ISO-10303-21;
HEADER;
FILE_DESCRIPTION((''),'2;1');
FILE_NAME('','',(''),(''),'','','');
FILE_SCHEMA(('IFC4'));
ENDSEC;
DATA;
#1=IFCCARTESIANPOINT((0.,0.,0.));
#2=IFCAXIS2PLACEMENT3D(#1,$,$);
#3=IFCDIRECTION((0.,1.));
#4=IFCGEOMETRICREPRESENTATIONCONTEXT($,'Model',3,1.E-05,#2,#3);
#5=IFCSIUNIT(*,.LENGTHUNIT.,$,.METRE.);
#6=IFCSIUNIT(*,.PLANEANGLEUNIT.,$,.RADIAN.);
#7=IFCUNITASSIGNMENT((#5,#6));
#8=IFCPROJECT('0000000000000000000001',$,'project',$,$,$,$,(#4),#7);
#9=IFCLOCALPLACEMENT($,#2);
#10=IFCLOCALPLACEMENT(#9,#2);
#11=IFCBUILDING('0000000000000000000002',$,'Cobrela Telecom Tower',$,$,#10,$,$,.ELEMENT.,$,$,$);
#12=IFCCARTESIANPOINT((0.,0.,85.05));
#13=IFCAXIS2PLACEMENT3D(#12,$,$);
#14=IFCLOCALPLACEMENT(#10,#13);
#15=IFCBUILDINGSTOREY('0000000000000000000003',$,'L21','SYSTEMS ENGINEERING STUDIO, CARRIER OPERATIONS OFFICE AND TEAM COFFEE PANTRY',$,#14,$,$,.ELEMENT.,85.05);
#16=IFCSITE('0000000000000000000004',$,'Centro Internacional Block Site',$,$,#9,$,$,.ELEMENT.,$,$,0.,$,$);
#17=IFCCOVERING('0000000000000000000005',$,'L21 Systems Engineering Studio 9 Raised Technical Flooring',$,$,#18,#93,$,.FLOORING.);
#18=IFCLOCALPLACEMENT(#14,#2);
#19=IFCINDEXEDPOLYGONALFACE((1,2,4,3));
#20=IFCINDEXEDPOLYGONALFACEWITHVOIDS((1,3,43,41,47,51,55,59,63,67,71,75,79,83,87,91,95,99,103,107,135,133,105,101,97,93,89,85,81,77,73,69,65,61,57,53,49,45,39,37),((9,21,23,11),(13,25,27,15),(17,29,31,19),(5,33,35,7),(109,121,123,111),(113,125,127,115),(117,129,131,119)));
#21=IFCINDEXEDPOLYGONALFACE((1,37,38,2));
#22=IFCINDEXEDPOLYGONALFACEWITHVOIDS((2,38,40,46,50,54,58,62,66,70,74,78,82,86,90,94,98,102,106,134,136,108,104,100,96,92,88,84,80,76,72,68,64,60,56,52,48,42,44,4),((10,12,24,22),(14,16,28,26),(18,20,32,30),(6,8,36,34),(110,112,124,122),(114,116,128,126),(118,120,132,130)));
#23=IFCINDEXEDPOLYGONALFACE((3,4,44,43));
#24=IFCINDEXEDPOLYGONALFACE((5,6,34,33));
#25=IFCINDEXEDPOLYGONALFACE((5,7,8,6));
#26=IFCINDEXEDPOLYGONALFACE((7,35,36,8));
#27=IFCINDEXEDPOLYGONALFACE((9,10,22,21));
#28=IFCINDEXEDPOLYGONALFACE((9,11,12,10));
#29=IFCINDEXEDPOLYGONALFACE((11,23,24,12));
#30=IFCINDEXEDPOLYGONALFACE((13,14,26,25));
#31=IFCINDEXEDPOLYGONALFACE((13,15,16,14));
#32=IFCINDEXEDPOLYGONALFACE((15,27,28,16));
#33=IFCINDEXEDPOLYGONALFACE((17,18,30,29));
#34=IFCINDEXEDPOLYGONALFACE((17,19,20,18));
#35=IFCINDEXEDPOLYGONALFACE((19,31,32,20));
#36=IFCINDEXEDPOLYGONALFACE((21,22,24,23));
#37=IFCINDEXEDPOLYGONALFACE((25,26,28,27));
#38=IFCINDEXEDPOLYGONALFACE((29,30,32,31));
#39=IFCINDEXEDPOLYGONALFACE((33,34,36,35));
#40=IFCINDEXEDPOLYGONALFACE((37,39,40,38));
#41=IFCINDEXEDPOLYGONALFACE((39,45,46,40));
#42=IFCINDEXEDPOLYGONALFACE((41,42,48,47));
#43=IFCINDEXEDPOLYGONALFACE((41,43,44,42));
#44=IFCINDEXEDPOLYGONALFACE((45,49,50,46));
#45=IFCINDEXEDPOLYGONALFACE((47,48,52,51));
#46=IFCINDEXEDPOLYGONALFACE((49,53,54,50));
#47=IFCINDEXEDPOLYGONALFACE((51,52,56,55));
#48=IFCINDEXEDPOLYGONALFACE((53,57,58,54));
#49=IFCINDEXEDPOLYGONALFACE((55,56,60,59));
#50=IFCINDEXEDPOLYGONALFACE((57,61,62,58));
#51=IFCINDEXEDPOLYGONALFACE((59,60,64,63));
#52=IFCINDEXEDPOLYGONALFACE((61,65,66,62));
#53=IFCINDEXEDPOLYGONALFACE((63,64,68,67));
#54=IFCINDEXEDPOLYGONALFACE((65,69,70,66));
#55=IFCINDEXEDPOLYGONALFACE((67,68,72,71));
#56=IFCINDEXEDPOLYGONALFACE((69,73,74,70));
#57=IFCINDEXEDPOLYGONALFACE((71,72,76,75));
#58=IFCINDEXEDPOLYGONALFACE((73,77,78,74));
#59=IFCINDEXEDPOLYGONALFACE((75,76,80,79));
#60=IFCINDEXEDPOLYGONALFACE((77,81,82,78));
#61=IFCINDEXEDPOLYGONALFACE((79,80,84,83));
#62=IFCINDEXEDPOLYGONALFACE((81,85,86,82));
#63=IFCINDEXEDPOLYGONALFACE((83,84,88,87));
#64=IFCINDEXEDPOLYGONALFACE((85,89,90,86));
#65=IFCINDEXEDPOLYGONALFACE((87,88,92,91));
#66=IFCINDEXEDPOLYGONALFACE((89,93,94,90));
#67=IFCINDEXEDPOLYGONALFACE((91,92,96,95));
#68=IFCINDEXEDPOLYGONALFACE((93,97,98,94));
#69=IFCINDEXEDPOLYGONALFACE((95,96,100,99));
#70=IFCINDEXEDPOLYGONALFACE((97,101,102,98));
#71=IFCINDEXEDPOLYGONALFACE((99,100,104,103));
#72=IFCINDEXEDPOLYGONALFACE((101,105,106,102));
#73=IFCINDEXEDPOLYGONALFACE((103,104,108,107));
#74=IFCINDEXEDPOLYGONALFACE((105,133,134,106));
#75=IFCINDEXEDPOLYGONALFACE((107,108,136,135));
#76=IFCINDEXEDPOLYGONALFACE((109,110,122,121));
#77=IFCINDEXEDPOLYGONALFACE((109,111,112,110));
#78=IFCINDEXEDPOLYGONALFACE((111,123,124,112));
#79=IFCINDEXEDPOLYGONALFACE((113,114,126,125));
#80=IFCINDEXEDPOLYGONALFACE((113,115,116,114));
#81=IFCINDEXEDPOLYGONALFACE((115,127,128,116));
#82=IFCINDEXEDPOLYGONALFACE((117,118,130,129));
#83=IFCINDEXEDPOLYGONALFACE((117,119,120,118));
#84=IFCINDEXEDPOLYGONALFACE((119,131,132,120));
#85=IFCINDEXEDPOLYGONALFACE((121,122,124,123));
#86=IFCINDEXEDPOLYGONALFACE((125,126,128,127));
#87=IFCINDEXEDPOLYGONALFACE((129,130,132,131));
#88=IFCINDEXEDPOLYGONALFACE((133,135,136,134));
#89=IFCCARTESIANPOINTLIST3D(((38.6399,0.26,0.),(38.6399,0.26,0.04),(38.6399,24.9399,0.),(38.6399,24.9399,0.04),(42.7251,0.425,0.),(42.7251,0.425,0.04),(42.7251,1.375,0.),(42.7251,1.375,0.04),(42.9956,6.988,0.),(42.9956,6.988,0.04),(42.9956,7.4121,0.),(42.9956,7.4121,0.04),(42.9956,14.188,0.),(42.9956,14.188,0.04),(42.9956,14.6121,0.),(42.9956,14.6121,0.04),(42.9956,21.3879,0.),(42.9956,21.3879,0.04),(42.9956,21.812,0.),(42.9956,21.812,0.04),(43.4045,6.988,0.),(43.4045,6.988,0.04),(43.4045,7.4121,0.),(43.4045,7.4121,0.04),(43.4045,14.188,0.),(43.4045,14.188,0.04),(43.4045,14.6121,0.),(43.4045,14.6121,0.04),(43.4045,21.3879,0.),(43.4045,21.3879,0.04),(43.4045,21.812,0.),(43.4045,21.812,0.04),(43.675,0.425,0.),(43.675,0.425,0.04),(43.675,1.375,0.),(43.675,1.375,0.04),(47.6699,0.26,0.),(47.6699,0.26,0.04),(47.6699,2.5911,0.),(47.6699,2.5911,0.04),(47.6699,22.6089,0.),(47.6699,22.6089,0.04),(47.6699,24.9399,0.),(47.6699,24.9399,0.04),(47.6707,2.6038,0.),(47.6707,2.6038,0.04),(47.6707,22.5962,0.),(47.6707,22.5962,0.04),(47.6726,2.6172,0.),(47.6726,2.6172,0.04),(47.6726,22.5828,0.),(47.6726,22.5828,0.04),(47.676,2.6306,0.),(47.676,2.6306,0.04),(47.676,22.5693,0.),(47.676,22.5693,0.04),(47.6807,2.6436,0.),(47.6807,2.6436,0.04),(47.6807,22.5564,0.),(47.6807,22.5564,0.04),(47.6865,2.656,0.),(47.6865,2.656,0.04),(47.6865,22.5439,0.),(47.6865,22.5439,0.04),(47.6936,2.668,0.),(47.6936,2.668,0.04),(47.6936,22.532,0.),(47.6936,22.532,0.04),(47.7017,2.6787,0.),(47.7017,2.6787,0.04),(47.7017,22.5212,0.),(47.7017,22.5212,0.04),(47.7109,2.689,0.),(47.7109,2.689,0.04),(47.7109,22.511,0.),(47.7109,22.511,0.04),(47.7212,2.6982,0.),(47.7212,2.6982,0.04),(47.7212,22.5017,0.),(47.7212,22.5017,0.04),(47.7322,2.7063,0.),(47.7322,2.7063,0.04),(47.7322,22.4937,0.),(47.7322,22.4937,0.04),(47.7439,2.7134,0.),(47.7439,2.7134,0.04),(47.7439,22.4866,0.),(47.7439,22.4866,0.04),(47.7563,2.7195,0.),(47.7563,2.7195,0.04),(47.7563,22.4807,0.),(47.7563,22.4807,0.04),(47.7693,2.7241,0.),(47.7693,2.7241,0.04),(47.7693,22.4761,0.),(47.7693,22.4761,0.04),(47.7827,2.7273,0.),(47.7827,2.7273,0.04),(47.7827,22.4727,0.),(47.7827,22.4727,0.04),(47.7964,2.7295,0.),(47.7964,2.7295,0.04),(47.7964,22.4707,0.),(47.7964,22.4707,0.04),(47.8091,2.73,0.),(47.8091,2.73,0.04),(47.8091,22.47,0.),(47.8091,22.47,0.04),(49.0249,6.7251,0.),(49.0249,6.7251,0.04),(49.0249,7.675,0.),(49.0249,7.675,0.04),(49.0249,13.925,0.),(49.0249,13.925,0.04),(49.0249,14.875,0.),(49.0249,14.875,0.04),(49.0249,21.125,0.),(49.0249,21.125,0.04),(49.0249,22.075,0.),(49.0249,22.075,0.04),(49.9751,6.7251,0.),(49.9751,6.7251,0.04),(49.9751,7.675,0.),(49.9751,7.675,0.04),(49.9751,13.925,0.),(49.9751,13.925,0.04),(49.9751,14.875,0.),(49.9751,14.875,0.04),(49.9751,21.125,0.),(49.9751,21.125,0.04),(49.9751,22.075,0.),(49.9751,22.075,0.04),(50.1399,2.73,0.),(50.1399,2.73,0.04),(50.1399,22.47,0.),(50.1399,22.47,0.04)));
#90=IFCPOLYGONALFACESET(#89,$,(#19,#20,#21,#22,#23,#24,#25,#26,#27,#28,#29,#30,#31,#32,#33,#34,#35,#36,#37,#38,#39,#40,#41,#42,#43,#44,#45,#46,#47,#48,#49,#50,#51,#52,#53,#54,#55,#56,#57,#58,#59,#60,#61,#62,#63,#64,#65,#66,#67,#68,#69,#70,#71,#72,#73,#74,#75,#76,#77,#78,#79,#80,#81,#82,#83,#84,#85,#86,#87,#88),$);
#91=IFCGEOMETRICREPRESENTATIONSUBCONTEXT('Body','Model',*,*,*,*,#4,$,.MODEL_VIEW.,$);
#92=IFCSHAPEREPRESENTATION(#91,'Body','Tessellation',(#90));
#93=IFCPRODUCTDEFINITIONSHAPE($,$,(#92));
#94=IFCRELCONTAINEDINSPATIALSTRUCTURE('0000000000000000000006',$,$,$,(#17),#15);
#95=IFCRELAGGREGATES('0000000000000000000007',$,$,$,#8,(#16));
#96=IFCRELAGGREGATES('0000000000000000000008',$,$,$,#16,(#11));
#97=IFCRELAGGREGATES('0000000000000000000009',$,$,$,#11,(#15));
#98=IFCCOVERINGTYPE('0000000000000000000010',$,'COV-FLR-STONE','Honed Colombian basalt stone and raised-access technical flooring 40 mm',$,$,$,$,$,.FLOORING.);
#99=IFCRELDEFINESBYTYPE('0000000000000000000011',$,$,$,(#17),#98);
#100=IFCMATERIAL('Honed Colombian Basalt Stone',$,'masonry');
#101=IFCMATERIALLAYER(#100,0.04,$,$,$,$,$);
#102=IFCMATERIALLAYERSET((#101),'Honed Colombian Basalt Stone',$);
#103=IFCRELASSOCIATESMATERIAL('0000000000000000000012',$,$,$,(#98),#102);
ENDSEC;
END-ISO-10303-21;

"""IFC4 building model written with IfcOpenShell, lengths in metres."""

from ifc_helpers import new_model, si_unit, direction, frame, origin, place, context, subcontext, project, spatial, polyline, outline, extrude, material, layer, layer_set, type_object, element, save


model = new_model("IFC4")

# Units and contexts
model_context = context("Model", 3, precision=1e-05, world=origin(), true_north=direction((0.0, 1.0)))
body_context = subcontext(model_context, "Body", "Model", "MODEL_VIEW")
ifc_project = project(units=[si_unit("LENGTHUNIT", "METRE"), si_unit("PLANEANGLEUNIT", "RADIAN")], contexts=[model_context])

# Site, building, storey
site_placement = place(None, origin())
site = spatial("IfcSite", under=ifc_project, at=site_placement, Name="Centro Internacional Block Site", CompositionType="ELEMENT", RefElevation=0.0)
building_placement = place(site_placement, origin())
building = spatial("IfcBuilding", under=site, at=building_placement, Name="Cobrela Telecom Tower", CompositionType="ELEMENT")
storey_placement = place(building_placement, frame((0.0, 0.0, 85.05)))
storey = spatial("IfcBuildingStorey", under=building, at=storey_placement, Name="L21", Description="SYSTEMS ENGINEERING STUDIO, CARRIER OPERATIONS OFFICE AND TEAM COFFEE PANTRY", CompositionType="ELEMENT", Elevation=85.05)

# Covering
ifc_material_1 = material(Name="Honed Colombian Basalt Stone", Category="masonry")
ifc_layer_1 = layer(ifc_material_1, 0.04)
ifc_layer_set_1 = layer_set([ifc_layer_1], Name="Honed Colombian Basalt Stone")
covering_type_1 = type_object("IfcCoveringType", Name="COV-FLR-STONE", Description="Honed Colombian basalt stone and raised-access technical flooring 40 mm", PredefinedType="FLOORING", material=ifc_layer_set_1)
covering_1_placement = place(storey_placement, origin())
element("IfcCovering", 1, at=covering_1_placement, inside=storey, type_object=covering_type_1, Name="L21 Systems Engineering Studio 9 Raised Technical Flooring", PredefinedType="FLOORING", context=body_context, shape_type="SweptSolid", body=[
    extrude(outline(polyline([(47.7827, 2.7273), (47.7693, 2.7241), (47.7563, 2.7195), (47.7439, 2.7134), (47.7322, 2.7063), (47.7212, 2.6982), (47.7109, 2.689), (47.7017, 2.6787), (47.6936, 2.668), (47.6865, 2.656), (47.6807, 2.6436), (47.676, 2.6306), (47.6726, 2.6172), (47.6707, 2.6038), (47.6699, 2.5911), (47.6699, 0.26), (38.6399, 0.26), (38.6399, 24.9399), (47.6699, 24.9399), (47.6699, 22.6089), (47.6707, 22.5962), (47.6726, 22.5828), (47.676, 22.5693), (47.6807, 22.5564), (47.6865, 22.5439), (47.6936, 22.532), (47.7017, 22.5212), (47.7109, 22.511), (47.7212, 22.5017), (47.7322, 22.4937), (47.7439, 22.4866), (47.7563, 22.4807), (47.7693, 22.4761), (47.7827, 22.4727), (47.7964, 22.4707), (47.8091, 22.47), (50.1399, 22.47), (50.1399, 2.73), (47.8091, 2.73), (47.7964, 2.7295), (47.7827, 2.7273)]), holes=[polyline([(43.675, 0.425), (43.675, 1.375), (42.7251, 1.375), (42.7251, 0.425), (43.675, 0.425)]), polyline([(43.4045, 6.988), (43.4045, 7.4121), (42.9956, 7.4121), (42.9956, 6.988), (43.4045, 6.988)]), polyline([(49.9751, 6.7251), (49.9751, 7.675), (49.0249, 7.675), (49.0249, 6.7251), (49.9751, 6.7251)]), polyline([(43.4045, 14.188), (43.4045, 14.6121), (42.9956, 14.6121), (42.9956, 14.188), (43.4045, 14.188)]), polyline([(49.9751, 13.925), (49.9751, 14.875), (49.0249, 14.875), (49.0249, 13.925), (49.9751, 13.925)]), polyline([(43.4045, 21.3879), (43.4045, 21.812), (42.9956, 21.812), (42.9956, 21.3879), (43.4045, 21.3879)]), polyline([(49.9751, 21.125), (49.9751, 22.075), (49.0249, 22.075), (49.0249, 21.125), (49.9751, 21.125)])]), origin(), (0.0, 0.0, 1.0), 0.04),
])

save(model, "model.ifc")
